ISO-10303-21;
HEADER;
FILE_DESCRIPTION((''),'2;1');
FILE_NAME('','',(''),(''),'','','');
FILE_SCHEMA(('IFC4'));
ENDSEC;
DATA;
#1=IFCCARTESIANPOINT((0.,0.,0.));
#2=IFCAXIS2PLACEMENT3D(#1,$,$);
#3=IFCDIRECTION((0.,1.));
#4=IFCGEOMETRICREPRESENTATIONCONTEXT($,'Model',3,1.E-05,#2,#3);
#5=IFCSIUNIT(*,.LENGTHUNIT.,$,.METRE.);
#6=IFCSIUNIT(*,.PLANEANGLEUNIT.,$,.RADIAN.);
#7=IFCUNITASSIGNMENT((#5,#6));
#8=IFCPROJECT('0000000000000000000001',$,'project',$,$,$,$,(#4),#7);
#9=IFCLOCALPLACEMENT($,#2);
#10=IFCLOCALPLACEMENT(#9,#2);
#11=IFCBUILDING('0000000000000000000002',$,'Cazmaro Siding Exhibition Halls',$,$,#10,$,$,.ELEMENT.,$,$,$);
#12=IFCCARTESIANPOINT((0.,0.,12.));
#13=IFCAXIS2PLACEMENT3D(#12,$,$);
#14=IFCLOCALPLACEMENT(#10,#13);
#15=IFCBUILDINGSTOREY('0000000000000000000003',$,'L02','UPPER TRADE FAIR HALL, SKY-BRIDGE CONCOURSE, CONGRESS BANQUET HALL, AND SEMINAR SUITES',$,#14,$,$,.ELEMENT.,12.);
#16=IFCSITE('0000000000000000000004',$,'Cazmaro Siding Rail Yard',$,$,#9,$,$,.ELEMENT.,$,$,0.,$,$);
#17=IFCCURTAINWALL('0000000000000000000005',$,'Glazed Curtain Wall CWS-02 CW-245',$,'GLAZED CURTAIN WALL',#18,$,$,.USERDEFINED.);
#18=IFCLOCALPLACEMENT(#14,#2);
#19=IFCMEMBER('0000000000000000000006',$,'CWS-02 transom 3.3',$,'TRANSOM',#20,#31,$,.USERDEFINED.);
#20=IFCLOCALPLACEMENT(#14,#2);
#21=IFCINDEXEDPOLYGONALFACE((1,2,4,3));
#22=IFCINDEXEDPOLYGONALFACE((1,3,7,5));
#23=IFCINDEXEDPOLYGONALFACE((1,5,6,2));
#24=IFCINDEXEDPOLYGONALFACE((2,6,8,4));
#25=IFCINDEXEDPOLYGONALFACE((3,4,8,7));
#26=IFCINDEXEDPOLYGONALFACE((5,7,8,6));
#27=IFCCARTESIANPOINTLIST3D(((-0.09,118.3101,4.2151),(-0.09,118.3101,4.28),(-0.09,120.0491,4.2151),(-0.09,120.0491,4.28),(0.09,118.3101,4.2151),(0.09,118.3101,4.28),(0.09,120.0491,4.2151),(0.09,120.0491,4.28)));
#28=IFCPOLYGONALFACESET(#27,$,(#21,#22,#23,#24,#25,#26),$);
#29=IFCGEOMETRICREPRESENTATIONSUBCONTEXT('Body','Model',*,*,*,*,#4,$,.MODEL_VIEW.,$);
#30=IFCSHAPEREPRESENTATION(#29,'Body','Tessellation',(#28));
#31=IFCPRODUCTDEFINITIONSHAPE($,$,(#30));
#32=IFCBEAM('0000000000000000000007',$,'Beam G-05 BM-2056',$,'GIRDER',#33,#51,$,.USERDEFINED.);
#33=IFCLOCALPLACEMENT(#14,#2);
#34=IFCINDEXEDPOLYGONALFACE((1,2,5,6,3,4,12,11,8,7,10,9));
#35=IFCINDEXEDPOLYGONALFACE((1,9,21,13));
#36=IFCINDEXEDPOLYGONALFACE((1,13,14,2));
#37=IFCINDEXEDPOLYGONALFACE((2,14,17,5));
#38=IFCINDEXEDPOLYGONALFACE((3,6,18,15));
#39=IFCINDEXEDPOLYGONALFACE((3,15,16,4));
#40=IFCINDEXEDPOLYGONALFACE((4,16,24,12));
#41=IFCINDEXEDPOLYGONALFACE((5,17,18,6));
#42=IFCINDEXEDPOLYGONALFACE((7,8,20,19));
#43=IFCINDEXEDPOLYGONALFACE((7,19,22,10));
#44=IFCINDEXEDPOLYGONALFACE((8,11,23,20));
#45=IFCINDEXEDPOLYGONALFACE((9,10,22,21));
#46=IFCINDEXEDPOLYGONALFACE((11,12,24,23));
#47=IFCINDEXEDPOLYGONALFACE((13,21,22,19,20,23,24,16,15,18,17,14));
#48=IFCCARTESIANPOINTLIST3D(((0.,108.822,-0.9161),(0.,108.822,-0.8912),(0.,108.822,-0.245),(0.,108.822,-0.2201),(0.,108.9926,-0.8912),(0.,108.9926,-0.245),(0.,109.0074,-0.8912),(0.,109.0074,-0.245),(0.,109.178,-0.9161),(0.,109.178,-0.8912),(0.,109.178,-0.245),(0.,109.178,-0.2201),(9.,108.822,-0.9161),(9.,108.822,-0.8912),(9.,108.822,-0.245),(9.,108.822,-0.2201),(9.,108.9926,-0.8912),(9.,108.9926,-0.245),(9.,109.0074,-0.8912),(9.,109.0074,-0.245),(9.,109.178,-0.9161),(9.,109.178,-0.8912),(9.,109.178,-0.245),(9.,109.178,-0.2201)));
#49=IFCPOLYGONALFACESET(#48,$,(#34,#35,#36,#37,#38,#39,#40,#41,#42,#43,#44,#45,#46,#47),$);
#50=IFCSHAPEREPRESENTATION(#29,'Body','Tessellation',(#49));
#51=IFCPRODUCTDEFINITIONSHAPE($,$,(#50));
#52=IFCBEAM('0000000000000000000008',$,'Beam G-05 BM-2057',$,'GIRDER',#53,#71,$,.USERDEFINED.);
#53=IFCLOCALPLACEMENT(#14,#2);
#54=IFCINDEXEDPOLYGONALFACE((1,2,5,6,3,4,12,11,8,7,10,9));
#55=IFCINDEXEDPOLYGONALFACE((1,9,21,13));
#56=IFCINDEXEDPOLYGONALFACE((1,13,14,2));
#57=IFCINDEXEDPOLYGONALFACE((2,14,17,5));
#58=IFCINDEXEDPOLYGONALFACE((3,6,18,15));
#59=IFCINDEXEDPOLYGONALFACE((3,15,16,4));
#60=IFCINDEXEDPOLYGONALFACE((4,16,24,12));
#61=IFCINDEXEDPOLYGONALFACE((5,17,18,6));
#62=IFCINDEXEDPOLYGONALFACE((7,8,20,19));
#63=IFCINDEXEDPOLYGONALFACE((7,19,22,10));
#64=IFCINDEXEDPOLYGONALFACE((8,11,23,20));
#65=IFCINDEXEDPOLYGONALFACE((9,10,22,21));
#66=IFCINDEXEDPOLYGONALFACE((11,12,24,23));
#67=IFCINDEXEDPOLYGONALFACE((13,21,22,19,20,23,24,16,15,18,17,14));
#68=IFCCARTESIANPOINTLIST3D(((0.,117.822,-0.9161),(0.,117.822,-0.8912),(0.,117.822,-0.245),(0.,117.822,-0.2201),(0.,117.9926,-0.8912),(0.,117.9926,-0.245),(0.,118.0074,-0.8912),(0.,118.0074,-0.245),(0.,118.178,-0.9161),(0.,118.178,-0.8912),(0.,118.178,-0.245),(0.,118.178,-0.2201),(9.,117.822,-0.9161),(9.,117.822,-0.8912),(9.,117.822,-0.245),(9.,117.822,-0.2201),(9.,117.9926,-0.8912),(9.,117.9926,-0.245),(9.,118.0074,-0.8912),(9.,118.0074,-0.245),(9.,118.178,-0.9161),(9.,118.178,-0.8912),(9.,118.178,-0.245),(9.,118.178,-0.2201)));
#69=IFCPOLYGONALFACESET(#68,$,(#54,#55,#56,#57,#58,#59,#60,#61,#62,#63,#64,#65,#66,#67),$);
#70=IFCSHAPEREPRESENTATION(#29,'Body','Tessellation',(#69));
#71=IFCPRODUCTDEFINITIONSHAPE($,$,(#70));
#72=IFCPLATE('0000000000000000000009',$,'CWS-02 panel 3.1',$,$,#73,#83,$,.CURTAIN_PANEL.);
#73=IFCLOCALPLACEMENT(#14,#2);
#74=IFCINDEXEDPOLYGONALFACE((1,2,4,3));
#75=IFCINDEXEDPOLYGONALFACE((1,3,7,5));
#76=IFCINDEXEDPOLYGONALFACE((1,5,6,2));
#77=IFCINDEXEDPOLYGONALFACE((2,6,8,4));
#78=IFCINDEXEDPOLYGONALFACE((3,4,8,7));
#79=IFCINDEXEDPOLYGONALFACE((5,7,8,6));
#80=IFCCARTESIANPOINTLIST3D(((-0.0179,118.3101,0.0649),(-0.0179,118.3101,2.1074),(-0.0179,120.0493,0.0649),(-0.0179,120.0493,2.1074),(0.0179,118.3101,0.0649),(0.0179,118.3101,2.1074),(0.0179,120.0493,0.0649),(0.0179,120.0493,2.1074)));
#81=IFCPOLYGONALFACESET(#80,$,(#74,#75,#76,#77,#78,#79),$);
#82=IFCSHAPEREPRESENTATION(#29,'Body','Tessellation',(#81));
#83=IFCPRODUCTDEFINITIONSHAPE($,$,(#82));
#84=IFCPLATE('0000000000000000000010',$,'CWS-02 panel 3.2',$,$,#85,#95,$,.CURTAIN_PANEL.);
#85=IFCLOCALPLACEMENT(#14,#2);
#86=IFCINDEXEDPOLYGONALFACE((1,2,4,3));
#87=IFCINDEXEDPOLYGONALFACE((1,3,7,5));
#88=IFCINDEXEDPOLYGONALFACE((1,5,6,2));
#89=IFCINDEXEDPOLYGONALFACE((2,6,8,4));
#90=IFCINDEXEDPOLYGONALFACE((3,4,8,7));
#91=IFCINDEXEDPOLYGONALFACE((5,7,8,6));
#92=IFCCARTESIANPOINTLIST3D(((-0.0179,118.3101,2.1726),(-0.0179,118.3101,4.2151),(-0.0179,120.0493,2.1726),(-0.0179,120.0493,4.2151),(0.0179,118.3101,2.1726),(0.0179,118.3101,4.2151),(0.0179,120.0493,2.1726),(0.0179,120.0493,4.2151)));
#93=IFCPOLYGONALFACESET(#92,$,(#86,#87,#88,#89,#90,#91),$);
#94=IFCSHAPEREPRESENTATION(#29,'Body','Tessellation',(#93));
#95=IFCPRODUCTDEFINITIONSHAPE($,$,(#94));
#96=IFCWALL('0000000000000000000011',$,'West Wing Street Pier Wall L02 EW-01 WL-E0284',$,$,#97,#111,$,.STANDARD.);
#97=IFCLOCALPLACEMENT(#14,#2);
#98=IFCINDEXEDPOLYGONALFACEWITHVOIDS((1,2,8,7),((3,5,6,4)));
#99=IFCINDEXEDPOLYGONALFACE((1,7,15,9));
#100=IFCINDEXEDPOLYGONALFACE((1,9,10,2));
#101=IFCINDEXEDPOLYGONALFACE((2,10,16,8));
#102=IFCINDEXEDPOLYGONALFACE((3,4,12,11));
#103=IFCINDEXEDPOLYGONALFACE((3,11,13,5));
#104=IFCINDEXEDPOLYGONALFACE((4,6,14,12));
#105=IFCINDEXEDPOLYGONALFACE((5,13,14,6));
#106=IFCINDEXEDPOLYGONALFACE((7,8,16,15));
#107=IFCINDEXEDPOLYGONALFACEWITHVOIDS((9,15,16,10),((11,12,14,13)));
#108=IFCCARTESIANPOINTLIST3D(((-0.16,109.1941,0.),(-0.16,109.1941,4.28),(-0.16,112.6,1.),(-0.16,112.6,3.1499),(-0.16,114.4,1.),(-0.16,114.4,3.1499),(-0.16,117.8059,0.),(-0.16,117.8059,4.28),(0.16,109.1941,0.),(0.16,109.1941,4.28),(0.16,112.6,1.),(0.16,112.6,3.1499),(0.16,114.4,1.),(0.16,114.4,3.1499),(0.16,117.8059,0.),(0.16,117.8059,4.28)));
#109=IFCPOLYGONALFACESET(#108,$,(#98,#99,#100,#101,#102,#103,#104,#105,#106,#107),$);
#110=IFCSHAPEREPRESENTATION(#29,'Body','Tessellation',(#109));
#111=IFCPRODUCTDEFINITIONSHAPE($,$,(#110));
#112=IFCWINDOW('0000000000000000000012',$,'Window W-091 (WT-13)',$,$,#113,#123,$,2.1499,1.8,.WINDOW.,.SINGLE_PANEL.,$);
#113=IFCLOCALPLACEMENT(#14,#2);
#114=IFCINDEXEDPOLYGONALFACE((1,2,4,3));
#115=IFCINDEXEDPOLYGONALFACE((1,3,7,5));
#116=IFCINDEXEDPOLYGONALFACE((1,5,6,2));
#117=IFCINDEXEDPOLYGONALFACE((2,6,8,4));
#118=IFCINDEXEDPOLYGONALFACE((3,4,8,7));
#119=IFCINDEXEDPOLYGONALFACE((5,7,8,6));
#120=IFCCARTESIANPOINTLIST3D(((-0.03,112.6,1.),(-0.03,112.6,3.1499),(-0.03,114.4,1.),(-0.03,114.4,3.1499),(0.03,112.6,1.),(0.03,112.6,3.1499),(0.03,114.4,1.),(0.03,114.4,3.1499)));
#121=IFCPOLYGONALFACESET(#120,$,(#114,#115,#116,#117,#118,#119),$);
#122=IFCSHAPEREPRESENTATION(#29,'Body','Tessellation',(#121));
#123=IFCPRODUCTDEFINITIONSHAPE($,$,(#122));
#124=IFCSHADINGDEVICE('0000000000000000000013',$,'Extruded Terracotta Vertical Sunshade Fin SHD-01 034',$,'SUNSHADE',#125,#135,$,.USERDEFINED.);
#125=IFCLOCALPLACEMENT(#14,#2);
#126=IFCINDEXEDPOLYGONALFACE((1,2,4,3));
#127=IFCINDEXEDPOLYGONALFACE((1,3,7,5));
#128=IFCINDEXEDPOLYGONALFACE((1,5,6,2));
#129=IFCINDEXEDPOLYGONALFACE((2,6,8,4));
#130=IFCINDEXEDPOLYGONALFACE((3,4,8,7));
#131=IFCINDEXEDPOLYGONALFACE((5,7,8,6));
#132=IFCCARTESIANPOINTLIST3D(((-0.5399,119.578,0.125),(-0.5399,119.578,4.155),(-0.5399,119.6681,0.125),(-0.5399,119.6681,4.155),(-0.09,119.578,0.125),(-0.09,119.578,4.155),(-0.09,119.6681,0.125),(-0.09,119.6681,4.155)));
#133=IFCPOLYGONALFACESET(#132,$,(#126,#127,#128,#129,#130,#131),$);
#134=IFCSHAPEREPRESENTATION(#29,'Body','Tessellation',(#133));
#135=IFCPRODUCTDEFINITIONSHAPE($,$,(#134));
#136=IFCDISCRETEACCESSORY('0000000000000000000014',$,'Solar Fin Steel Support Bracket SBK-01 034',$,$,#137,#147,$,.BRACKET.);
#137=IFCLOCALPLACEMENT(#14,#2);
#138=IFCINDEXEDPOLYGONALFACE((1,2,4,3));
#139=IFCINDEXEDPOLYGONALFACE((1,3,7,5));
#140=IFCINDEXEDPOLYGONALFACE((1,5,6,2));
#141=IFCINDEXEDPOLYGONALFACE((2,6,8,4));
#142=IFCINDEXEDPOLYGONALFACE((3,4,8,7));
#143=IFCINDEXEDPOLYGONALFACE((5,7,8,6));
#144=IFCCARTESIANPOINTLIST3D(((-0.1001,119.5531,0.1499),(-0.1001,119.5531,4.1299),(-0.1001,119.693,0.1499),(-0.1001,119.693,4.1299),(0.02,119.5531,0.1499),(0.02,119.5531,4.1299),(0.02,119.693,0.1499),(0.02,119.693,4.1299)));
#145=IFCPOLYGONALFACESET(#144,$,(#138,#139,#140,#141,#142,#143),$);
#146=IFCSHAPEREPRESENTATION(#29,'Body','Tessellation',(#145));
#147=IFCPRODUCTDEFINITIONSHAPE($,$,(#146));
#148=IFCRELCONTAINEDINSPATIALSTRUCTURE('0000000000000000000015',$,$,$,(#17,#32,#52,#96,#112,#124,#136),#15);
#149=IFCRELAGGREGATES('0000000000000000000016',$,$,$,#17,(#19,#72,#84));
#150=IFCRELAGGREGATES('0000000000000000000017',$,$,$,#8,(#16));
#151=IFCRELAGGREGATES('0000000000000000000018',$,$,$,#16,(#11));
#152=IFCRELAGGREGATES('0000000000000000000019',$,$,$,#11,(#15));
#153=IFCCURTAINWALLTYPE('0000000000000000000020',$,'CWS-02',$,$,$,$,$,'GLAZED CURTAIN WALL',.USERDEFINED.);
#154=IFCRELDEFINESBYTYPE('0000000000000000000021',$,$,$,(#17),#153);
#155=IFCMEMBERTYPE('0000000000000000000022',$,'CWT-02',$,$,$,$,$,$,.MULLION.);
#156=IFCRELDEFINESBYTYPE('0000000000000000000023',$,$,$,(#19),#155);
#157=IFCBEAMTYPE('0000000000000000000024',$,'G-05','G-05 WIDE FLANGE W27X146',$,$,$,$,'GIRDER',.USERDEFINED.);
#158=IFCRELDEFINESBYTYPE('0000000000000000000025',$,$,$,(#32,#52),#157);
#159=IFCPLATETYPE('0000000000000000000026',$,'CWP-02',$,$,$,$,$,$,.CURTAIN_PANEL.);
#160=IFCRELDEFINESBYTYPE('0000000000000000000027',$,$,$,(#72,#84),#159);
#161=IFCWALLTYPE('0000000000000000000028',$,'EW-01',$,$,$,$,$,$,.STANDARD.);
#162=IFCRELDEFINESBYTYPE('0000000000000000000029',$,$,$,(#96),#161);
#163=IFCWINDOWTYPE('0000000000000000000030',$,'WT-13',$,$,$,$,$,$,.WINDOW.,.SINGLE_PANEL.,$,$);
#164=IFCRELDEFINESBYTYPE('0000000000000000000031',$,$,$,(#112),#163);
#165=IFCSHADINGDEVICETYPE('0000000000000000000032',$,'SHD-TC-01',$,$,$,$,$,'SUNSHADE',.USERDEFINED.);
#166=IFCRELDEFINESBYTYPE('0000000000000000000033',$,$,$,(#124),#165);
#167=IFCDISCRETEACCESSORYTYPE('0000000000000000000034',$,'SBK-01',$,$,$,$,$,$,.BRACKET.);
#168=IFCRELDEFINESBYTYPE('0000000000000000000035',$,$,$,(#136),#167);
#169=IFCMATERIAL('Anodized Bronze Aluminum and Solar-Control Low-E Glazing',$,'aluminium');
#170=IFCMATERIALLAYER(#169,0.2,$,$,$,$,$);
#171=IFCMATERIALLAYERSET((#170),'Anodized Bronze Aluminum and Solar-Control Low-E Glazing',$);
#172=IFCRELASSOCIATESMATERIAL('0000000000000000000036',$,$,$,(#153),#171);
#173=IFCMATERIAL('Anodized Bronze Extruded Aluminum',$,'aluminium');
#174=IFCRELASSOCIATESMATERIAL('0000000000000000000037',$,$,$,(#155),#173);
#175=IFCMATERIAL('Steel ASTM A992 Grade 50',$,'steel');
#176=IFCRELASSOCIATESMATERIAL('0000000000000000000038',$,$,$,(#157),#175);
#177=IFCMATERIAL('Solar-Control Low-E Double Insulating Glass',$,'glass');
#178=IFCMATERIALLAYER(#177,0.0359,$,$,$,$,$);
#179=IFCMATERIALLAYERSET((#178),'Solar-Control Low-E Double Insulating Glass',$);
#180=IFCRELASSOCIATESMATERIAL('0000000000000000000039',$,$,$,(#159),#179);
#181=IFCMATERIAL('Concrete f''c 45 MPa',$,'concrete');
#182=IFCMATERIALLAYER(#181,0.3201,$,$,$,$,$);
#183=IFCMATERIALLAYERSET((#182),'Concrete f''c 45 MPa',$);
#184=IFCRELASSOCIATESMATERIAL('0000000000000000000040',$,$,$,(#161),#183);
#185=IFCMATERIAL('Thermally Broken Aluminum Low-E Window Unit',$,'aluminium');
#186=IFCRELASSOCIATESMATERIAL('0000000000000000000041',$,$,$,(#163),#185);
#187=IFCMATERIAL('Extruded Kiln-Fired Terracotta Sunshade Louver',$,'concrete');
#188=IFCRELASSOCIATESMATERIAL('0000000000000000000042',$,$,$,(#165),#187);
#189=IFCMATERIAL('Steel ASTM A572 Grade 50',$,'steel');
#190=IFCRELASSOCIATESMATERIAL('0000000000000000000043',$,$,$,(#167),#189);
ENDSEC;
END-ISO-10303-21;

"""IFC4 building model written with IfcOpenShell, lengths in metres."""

from ifc_helpers import new_model, si_unit, direction, frame, frame_2d, origin, origin_2d, place, context, subcontext, project, spatial, rectangle, i_section, extrude, material, layer, layer_set, material_profile, profile_set, type_object, element, fill, aggregate, save


model = new_model("IFC4")

# Units and contexts
model_context = context("Model", 3, precision=1e-05, world=origin(), true_north=direction((0.0, 1.0)))
body_context = subcontext(model_context, "Body", "Model", "MODEL_VIEW")
ifc_project = project(units=[si_unit("LENGTHUNIT", "METRE"), si_unit("PLANEANGLEUNIT", "RADIAN")], contexts=[model_context])

# Site, building, storey
site_placement = place(None, origin())
site = spatial("IfcSite", under=ifc_project, at=site_placement, Name="Cazmaro Siding Rail Yard", CompositionType="ELEMENT", RefElevation=0.0)
building_placement = place(site_placement, origin())
building = spatial("IfcBuilding", under=site, at=building_placement, Name="Cazmaro Siding Exhibition Halls", CompositionType="ELEMENT")
storey_placement = place(building_placement, frame((0.0, 0.0, 12.0)))
storey = spatial("IfcBuildingStorey", under=building, at=storey_placement, Name="L02", Description="UPPER TRADE FAIR HALL, SKY-BRIDGE CONCOURSE, CONGRESS BANQUET HALL, AND SEMINAR SUITES", CompositionType="ELEMENT", Elevation=12.0)

# Shared definitions
ifc_material_1 = material(Name="Anodized Bronze Aluminum and Solar-Control Low-E Glazing", Category="aluminium")
ifc_layer_1 = layer(ifc_material_1, 0.2)
ifc_layer_set_1 = layer_set([ifc_layer_1], Name="Anodized Bronze Aluminum and Solar-Control Low-E Glazing")
curtain_wall_type = type_object("IfcCurtainWallType", Name="CWS-02", ElementType="GLAZED CURTAIN WALL", PredefinedType="USERDEFINED", material=ifc_layer_set_1)

# Curtain wall
curtain_wall_1_placement = place(storey_placement, origin())
curtain_wall_1 = element("IfcCurtainWall", 1, at=curtain_wall_1_placement, inside=storey, type_object=curtain_wall_type, Name="Glazed Curtain Wall CWS-02 CW-245", ObjectType="GLAZED CURTAIN WALL", PredefinedType="USERDEFINED")

# Member
ifc_material_2 = material(Name="Anodized Bronze Extruded Aluminum", Category="aluminium")
ifc_material_profile_1 = material_profile(ifc_material_2, rectangle(XDim=0.1799, YDim=0.0649, at=origin_2d()), Name="CWT-02")
ifc_profile_set_1 = profile_set([ifc_material_profile_1], Name="Anodized Bronze Extruded Aluminum")
member_type_1 = type_object("IfcMemberType", Name="CWT-02", PredefinedType="MULLION", material=ifc_profile_set_1)
member_1_placement = place(storey_placement, frame((0.0, 120.0491, 4.2476), z_axis=(0.0, -1.0, 0.0), x_axis=(1.0, 0.0, 0.0)))
member_1 = element("IfcMember", 2, at=member_1_placement, type_object=member_type_1, Name="CWS-02 transom 3.3", ObjectType="TRANSOM", PredefinedType="USERDEFINED", context=body_context, shape_type="SweptSolid", body=[
    extrude(rectangle(XDim=0.1799, YDim=0.0649, at=origin_2d()), origin(), (0.0, 0.0, 1.0), 1.739),
])

# Beams
ifc_material_3 = material(Name="Steel ASTM A992 Grade 50", Category="steel")
ifc_material_profile_2 = material_profile(ifc_material_3, i_section(OverallWidth=0.356, OverallDepth=0.696, WebThickness=0.0149, FlangeThickness=0.0249, at=origin_2d()), Name="W27X146")
ifc_profile_set_2 = profile_set([ifc_material_profile_2], Name="Steel ASTM A992 Grade 50")
beam_type_1 = type_object("IfcBeamType", Name="G-05", Description="G-05 WIDE FLANGE W27X146", ElementType="GIRDER", PredefinedType="USERDEFINED", material=ifc_profile_set_2)
for number, where, z_axis, x_axis, name in (
    (3, (0.0, 109.0, -0.5681), (1.0, 0.0, 0.0), (0.0, 1.0, 0.0), "Beam G-05 BM-2056"),
    (4, (0.0, 118.0, -0.5681), (1.0, 0.0, 0.0), (0.0, 1.0, 0.0), "Beam G-05 BM-2057"),
):
    element("IfcBeam", number, at=place(storey_placement, frame(where, z_axis=z_axis, x_axis=x_axis)), inside=storey, type_object=beam_type_1, Name=name, ObjectType="GIRDER", PredefinedType="USERDEFINED", context=body_context, shape_type="SweptSolid", body=[
        extrude(i_section(OverallWidth=0.356, OverallDepth=0.696, WebThickness=0.0149, FlangeThickness=0.0249, at=origin_2d()), origin(), (0.0, 0.0, 1.0), 9.0),
    ])

# Plates
ifc_material_4 = material(Name="Solar-Control Low-E Double Insulating Glass", Category="glass")
ifc_layer_2 = layer(ifc_material_4, 0.0359)
ifc_layer_set_2 = layer_set([ifc_layer_2], Name="Solar-Control Low-E Double Insulating Glass")
plate_type = type_object("IfcPlateType", Name="CWP-02", PredefinedType="CURTAIN_PANEL", material=ifc_layer_set_2)
plate_1_placement = place(storey_placement, frame((0.0, 119.1797, 0.0649), z_axis=(0.0, 0.0, 1.0), x_axis=(0.0, -1.0, 0.0)))
plate_1 = element("IfcPlate", 5, at=plate_1_placement, type_object=plate_type, Name="CWS-02 panel 3.1", PredefinedType="CURTAIN_PANEL", context=body_context, shape_type="SweptSolid", body=[
    extrude(rectangle(XDim=1.7393, YDim=0.0359, at=origin_2d()), origin(), (0.0, 0.0, 1.0), 2.0425),
])
plate_2_placement = place(storey_placement, frame((0.0, 119.1797, 2.1726), z_axis=(0.0, 0.0, 1.0), x_axis=(0.0, -1.0, 0.0)))
plate_2 = element("IfcPlate", 6, at=plate_2_placement, type_object=plate_type, Name="CWS-02 panel 3.2", PredefinedType="CURTAIN_PANEL", context=body_context, shape_type="SweptSolid", body=[
    extrude(rectangle(XDim=1.7393, YDim=0.0359, at=origin_2d()), origin(), (0.0, 0.0, 1.0), 2.0425),
])
aggregate(curtain_wall_1, [member_1, plate_1, plate_2])

# Wall, opening, window
ifc_material_5 = material(Name="Concrete f'c 45 MPa", Category="concrete")
ifc_layer_3 = layer(ifc_material_5, 0.3201)
ifc_layer_set_3 = layer_set([ifc_layer_3], Name="Concrete f'c 45 MPa")
wall_type = type_object("IfcWallType", Name="EW-01", PredefinedType="STANDARD", material=ifc_layer_set_3)
wall_placement = place(storey_placement, frame((0.0, 109.1941, 0.0), z_axis=(0.0, 0.0, 1.0), x_axis=(0.0, 1.0, 0.0)))
wall = element("IfcWall", 7, at=wall_placement, inside=storey, type_object=wall_type, Name="West Wing Street Pier Wall L02 EW-01 WL-E0284", PredefinedType="STANDARD", context=body_context, shape_type="SweptSolid", body=[
    extrude(rectangle(XDim=8.6118, YDim=0.3201, at=frame_2d((4.3059, 0.0))), origin(), (0.0, 0.0, 1.0), 4.28),
])
opening_placement = place(wall_placement, frame((3.406, 0.0, 1.0)))
opening = element("IfcOpeningElement", 8, at=opening_placement, cuts=wall, PredefinedType="OPENING", context=body_context, shape_type="SweptSolid", body=[
    extrude(rectangle(XDim=1.8, YDim=2.1499, at=frame_2d((0.8999, 1.075))), frame((0.0, 0.1699, 0.0), z_axis=(0.0, -1.0, 0.0), x_axis=(1.0, 0.0, 0.0)), (0.0, 0.0, 1.0), 0.3401),
])
ifc_material_6 = material(Name="Thermally Broken Aluminum Low-E Window Unit", Category="aluminium")
window_type = type_object("IfcWindowType", Name="WT-13", PartitioningType="SINGLE_PANEL", PredefinedType="WINDOW", material=ifc_material_6)
window_placement = place(opening_placement, origin())
window = element("IfcWindow", 9, at=window_placement, inside=storey, type_object=window_type, Name="Window W-091 (WT-13)", OverallHeight=2.1499, OverallWidth=1.8, PartitioningType="SINGLE_PANEL", PredefinedType="WINDOW", context=body_context, shape_type="SweptSolid", body=[
    extrude(rectangle(XDim=1.8, YDim=2.1499, at=frame_2d((0.8999, 1.075))), frame((0.0, 0.03, 0.0), z_axis=(0.0, -1.0, 0.0), x_axis=(1.0, 0.0, 0.0)), (0.0, 0.0, 1.0), 0.0601),
])
fill(opening, window)

# Shading device
ifc_material_7 = material(Name="Extruded Kiln-Fired Terracotta Sunshade Louver", Category="concrete")
shading_device_type = type_object("IfcShadingDeviceType", Name="SHD-TC-01", ElementType="SUNSHADE", PredefinedType="USERDEFINED", material=ifc_material_7)
shading_device_placement = place(storey_placement, frame((-0.3149, 119.623, 0.125), z_axis=(0.0, 0.0, 1.0), x_axis=(1.0, 0.0, 0.0)))
element("IfcShadingDevice", 10, at=shading_device_placement, inside=storey, type_object=shading_device_type, Name="Extruded Terracotta Vertical Sunshade Fin SHD-01 034", ObjectType="SUNSHADE", PredefinedType="USERDEFINED", context=body_context, shape_type="SweptSolid", body=[
    extrude(rectangle(XDim=0.45, YDim=0.0901, at=origin_2d()), origin(), (0.0, 0.0, 1.0), 4.03),
])

# Discrete accessory
ifc_material_8 = material(Name="Steel ASTM A572 Grade 50", Category="steel")
discrete_accessory_type = type_object("IfcDiscreteAccessoryType", Name="SBK-01", PredefinedType="BRACKET", material=ifc_material_8)
discrete_accessory_placement = place(storey_placement, frame((-0.04, 119.623, 0.1499), z_axis=(0.0, 0.0, 1.0), x_axis=(1.0, 0.0, 0.0)))
element("IfcDiscreteAccessory", 11, at=discrete_accessory_placement, inside=storey, type_object=discrete_accessory_type, Name="Solar Fin Steel Support Bracket SBK-01 034", PredefinedType="BRACKET", context=body_context, shape_type="SweptSolid", body=[
    extrude(rectangle(XDim=0.1201, YDim=0.1399, at=origin_2d()), origin(), (0.0, 0.0, 1.0), 3.98),
])

save(model, "model.ifc")
